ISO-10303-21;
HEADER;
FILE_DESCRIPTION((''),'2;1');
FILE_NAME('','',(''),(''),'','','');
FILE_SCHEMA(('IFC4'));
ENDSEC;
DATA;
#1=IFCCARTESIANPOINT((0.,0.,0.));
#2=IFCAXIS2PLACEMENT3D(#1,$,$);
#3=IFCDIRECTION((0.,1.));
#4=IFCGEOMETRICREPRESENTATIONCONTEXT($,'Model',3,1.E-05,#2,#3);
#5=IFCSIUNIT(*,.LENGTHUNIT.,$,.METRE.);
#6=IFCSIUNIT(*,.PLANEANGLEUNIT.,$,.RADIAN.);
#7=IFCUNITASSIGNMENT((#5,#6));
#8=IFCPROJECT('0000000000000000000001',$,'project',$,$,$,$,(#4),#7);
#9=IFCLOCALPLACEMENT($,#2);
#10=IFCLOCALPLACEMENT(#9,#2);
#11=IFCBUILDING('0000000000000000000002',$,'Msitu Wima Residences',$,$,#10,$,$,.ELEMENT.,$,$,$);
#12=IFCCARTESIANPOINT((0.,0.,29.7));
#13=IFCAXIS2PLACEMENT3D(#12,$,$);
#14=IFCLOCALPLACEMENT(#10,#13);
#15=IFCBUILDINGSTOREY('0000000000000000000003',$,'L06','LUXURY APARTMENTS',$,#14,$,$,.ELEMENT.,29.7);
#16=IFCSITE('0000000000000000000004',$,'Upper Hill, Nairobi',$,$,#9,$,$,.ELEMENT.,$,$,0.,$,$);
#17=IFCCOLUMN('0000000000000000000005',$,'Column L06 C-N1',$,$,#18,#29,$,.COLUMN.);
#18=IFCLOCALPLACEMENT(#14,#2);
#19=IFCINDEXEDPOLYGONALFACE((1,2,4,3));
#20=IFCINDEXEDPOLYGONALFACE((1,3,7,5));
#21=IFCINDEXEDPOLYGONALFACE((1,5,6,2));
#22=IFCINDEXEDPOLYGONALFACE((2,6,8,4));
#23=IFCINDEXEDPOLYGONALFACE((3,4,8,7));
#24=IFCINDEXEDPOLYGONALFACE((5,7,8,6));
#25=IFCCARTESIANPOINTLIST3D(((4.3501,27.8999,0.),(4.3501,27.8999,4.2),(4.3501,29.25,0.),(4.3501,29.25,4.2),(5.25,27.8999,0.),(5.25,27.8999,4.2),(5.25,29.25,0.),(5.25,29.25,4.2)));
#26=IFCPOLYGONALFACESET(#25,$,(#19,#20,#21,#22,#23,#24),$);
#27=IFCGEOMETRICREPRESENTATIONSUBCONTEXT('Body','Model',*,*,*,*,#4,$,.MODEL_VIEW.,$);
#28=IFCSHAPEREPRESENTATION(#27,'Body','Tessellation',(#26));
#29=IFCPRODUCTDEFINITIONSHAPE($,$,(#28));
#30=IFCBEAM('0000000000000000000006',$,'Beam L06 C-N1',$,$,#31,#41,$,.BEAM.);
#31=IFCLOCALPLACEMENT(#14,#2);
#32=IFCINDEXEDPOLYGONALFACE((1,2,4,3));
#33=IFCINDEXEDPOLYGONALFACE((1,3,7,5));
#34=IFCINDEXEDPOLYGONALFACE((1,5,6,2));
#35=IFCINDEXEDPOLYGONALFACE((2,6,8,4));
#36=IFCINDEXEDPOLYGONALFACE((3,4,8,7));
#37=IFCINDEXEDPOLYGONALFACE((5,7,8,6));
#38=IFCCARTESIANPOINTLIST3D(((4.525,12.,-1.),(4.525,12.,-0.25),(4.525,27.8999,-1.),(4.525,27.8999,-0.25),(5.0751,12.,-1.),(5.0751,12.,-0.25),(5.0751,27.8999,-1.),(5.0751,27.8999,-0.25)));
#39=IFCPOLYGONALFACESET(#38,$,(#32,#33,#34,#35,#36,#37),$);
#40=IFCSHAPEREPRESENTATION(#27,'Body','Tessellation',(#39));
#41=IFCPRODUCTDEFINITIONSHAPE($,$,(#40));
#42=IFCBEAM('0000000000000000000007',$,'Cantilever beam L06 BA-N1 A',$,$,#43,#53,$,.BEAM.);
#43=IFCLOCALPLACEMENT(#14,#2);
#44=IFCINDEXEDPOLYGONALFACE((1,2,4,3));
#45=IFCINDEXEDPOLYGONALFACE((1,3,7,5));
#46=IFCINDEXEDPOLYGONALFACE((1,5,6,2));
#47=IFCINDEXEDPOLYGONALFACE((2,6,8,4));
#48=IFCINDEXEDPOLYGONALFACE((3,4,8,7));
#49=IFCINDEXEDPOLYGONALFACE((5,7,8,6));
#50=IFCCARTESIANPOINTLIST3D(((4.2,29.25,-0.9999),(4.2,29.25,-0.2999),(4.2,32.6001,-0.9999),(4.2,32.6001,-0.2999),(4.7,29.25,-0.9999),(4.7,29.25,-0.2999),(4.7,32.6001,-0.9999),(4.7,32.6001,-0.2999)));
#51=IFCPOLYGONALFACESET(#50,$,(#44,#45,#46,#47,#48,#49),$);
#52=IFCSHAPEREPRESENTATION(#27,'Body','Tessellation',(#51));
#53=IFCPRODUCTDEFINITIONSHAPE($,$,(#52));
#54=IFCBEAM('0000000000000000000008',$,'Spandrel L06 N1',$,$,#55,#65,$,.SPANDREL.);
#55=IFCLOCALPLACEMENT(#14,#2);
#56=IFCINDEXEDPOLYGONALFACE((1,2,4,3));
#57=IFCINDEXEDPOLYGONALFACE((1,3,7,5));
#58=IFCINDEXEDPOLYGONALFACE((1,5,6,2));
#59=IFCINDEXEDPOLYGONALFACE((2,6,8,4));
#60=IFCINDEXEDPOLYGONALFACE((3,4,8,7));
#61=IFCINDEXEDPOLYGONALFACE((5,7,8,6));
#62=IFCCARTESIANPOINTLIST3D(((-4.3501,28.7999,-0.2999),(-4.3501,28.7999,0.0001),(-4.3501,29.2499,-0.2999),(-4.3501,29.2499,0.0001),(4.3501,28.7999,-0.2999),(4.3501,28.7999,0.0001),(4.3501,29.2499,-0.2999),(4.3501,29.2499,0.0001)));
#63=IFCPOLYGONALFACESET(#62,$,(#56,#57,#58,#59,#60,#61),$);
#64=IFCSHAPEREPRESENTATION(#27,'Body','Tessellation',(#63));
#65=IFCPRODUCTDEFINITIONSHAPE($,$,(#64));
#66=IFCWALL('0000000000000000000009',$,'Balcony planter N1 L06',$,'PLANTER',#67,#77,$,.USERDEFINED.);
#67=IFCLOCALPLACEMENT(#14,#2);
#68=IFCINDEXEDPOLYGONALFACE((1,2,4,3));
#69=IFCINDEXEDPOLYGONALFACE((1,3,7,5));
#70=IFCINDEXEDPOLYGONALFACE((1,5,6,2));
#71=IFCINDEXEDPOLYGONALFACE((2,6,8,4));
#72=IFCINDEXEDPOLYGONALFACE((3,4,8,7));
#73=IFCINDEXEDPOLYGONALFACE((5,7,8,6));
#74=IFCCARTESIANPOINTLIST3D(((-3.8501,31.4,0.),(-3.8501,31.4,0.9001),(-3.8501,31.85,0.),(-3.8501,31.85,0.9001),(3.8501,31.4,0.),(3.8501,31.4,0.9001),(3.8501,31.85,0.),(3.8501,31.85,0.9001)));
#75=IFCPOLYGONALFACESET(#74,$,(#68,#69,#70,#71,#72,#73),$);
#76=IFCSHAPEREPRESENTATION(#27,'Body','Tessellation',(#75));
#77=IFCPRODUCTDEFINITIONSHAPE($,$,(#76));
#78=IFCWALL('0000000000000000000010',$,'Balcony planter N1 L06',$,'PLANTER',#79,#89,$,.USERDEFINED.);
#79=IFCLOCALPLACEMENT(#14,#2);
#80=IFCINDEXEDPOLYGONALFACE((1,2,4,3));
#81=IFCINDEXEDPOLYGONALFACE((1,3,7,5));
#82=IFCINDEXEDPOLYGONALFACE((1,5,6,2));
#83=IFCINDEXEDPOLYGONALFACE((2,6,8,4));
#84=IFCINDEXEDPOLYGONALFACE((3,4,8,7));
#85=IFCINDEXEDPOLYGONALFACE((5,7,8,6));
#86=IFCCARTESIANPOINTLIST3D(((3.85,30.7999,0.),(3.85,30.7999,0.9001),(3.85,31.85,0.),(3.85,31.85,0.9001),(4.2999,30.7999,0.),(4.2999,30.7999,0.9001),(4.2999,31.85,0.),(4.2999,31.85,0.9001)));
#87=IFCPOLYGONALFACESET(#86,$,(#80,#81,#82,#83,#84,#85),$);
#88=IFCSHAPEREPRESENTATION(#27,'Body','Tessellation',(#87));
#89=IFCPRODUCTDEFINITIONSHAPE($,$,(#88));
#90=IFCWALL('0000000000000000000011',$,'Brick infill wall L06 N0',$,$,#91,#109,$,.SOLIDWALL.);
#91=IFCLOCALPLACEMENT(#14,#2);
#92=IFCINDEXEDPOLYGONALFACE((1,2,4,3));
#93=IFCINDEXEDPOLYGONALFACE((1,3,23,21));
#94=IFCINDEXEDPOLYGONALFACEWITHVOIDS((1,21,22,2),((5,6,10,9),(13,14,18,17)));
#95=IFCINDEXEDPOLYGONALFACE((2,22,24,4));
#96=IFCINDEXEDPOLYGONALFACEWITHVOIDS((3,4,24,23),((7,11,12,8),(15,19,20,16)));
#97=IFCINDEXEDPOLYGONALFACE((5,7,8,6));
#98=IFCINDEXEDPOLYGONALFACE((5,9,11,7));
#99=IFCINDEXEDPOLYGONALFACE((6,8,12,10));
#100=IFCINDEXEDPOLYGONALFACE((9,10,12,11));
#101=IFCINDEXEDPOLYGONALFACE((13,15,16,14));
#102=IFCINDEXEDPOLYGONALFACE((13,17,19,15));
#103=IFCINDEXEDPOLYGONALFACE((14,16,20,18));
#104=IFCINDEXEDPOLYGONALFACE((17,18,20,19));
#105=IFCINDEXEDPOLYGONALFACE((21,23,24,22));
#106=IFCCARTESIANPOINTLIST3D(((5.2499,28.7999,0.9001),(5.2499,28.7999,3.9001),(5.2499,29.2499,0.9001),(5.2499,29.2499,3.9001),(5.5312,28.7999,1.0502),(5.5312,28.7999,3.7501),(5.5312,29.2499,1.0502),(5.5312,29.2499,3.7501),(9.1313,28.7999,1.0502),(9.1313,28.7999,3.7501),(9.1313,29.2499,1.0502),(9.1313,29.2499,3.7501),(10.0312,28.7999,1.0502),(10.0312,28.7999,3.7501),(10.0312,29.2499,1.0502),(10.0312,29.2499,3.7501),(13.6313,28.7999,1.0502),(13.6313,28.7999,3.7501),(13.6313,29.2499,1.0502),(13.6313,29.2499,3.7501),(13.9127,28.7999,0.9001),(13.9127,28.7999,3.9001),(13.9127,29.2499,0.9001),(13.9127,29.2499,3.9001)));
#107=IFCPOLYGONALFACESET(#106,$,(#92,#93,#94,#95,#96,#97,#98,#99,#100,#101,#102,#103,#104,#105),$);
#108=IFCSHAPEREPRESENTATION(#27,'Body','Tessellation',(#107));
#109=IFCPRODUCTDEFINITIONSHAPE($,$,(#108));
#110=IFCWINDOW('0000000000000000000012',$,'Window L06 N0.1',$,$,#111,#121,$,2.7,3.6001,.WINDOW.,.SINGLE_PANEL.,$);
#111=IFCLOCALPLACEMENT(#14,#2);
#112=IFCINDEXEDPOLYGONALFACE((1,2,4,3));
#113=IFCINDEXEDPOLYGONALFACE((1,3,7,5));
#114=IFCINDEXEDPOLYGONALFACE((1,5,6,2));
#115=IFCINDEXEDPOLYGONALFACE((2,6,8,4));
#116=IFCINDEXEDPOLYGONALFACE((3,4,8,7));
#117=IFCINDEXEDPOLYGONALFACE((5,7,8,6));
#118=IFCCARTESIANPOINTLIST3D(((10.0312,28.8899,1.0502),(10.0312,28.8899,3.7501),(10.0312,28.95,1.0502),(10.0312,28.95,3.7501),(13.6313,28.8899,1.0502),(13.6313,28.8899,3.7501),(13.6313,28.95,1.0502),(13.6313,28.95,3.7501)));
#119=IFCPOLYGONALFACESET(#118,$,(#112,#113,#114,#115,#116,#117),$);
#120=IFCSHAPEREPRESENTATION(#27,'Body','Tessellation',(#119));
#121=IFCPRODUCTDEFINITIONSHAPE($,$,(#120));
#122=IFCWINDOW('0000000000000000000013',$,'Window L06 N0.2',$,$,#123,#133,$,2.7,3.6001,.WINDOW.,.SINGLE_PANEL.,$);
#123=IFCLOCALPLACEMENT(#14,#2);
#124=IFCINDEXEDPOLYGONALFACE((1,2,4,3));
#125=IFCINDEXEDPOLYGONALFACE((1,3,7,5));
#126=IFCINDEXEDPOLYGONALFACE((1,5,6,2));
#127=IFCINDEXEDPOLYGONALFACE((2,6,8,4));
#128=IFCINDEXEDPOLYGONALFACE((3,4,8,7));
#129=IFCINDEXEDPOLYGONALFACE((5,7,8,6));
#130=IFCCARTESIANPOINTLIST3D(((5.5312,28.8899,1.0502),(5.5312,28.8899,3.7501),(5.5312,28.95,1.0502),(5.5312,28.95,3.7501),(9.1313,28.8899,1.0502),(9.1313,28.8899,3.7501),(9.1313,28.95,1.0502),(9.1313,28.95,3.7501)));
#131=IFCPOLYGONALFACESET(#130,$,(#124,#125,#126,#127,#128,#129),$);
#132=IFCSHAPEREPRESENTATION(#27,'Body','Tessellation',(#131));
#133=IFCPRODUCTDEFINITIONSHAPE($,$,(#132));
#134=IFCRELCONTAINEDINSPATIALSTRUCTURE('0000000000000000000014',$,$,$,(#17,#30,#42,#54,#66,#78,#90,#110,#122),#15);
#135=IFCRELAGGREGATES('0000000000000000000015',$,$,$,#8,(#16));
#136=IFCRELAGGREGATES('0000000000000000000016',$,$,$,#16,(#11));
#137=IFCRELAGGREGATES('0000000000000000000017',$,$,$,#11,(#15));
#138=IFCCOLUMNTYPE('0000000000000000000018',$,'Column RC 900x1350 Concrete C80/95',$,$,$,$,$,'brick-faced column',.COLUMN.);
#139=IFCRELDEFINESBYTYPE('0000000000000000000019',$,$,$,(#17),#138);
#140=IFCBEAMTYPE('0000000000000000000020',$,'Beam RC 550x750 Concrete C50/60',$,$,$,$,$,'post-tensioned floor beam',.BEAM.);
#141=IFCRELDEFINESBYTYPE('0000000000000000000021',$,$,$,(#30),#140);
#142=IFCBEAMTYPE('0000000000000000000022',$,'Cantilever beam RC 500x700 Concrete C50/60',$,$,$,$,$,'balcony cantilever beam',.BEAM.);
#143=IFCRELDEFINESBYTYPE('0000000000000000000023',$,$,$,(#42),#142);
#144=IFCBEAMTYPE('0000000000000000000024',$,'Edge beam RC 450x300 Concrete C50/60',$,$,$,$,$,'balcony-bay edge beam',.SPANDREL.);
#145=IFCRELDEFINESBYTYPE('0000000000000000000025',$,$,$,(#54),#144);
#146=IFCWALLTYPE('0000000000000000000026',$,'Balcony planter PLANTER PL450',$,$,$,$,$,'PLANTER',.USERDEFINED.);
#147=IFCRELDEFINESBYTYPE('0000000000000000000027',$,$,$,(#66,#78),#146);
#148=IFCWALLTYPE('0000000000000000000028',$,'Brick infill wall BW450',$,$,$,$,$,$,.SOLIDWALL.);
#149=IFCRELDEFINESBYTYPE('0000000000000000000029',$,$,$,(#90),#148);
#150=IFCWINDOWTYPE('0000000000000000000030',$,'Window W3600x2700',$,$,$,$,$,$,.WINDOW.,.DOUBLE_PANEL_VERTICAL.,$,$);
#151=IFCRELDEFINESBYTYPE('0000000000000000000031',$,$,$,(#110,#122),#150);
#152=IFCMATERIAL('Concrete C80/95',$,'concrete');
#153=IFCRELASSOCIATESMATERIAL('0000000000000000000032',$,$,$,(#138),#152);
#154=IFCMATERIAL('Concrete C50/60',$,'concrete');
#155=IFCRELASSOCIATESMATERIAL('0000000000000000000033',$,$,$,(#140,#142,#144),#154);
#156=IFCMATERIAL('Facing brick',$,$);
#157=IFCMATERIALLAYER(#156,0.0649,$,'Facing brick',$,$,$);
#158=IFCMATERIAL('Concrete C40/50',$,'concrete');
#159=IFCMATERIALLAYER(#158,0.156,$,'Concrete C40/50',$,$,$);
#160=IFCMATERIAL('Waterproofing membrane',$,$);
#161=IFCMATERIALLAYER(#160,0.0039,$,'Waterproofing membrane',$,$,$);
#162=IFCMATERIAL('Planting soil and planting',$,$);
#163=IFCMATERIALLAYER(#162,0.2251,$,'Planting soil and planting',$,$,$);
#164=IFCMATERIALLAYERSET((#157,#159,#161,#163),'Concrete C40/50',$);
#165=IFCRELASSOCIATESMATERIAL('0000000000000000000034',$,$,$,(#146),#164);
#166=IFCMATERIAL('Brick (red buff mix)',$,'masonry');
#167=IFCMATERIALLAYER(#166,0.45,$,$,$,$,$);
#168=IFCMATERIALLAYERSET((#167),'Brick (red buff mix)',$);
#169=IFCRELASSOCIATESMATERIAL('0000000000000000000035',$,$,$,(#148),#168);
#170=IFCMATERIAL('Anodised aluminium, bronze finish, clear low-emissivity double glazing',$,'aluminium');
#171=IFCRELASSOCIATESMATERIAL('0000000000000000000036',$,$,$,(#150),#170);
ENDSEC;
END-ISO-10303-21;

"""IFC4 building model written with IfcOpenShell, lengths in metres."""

from ifc_helpers import new_model, si_unit, direction, frame, frame_2d, origin, origin_2d, place, context, subcontext, project, spatial, rectangle, extrude, material, layer, layer_set, material_profile, profile_set, type_object, element, fill, save


model = new_model("IFC4")

# Units and contexts
model_context = context("Model", 3, precision=1e-05, world=origin(), true_north=direction((0.0, 1.0)))
body_context = subcontext(model_context, "Body", "Model", "MODEL_VIEW")
ifc_project = project(units=[si_unit("LENGTHUNIT", "METRE"), si_unit("PLANEANGLEUNIT", "RADIAN")], contexts=[model_context])

# Site, building, storey
site_placement = place(None, origin())
site = spatial("IfcSite", under=ifc_project, at=site_placement, Name="Upper Hill, Nairobi", CompositionType="ELEMENT", RefElevation=0.0)
building_placement = place(site_placement, origin())
building = spatial("IfcBuilding", under=site, at=building_placement, Name="Msitu Wima Residences", CompositionType="ELEMENT")
storey_placement = place(building_placement, frame((0.0, 0.0, 29.7)))
storey = spatial("IfcBuildingStorey", under=building, at=storey_placement, Name="L06", Description="LUXURY APARTMENTS", CompositionType="ELEMENT", Elevation=29.7)

# Column
ifc_material_1 = material(Name="Concrete C80/95", Category="concrete")
ifc_material_profile_1 = material_profile(ifc_material_1, rectangle(XDim=0.8999, YDim=1.3501, at=origin_2d()), Name="RC 900x1350")
ifc_profile_set_1 = profile_set([ifc_material_profile_1], Name="Concrete C80/95")
column_type = type_object("IfcColumnType", Name="Column RC 900x1350 Concrete C80/95", ElementType="brick-faced column", PredefinedType="COLUMN", material=ifc_profile_set_1)
column_placement = place(storey_placement, frame((4.8, 28.575, 0.0), z_axis=(0.0, 0.0, 1.0), x_axis=(-1.0, 0.0, 0.0)))
element("IfcColumn", 1, at=column_placement, inside=storey, type_object=column_type, Name="Column L06 C-N1", PredefinedType="COLUMN", context=body_context, shape_type="SweptSolid", body=[
    extrude(rectangle(XDim=0.8999, YDim=1.3501, at=origin_2d()), origin(), (0.0, 0.0, 1.0), 4.2),
])

# Beams
ifc_material_2 = material(Name="Concrete C50/60", Category="concrete")
ifc_material_profile_2 = material_profile(ifc_material_2, rectangle(XDim=0.55, YDim=0.75, at=origin_2d()), Name="RC 550x750")
ifc_profile_set_2 = profile_set([ifc_material_profile_2], Name="Concrete C50/60")
beam_type_1 = type_object("IfcBeamType", Name="Beam RC 550x750 Concrete C50/60", ElementType="post-tensioned floor beam", PredefinedType="BEAM", material=ifc_profile_set_2)
beam_1_placement = place(storey_placement, frame((4.8, 27.8999, -0.625), z_axis=(0.0, -1.0, 0.0), x_axis=(1.0, 0.0, 0.0)))
element("IfcBeam", 2, at=beam_1_placement, inside=storey, type_object=beam_type_1, Name="Beam L06 C-N1", PredefinedType="BEAM", context=body_context, shape_type="SweptSolid", body=[
    extrude(rectangle(XDim=0.55, YDim=0.75, at=origin_2d()), origin(), (0.0, 0.0, 1.0), 15.8999),
])
ifc_material_profile_3 = material_profile(ifc_material_2, rectangle(XDim=0.5, YDim=0.7, at=origin_2d()), Name="RC 500x700")
ifc_profile_set_3 = profile_set([ifc_material_profile_3], Name="Concrete C50/60")
beam_type_2 = type_object("IfcBeamType", Name="Cantilever beam RC 500x700 Concrete C50/60", ElementType="balcony cantilever beam", PredefinedType="BEAM", material=ifc_profile_set_3)
beam_2_placement = place(storey_placement, frame((4.45, 29.25, -0.6499), z_axis=(0.0, 1.0, 0.0), x_axis=(-1.0, 0.0, 0.0)))
element("IfcBeam", 3, at=beam_2_placement, inside=storey, type_object=beam_type_2, Name="Cantilever beam L06 BA-N1 A", PredefinedType="BEAM", context=body_context, shape_type="SweptSolid", body=[
    extrude(rectangle(XDim=0.5, YDim=0.7, at=origin_2d()), origin(), (0.0, 0.0, 1.0), 3.3501),
])
ifc_material_profile_4 = material_profile(ifc_material_2, rectangle(XDim=0.45, YDim=0.3, at=origin_2d()), Name="RC 450x300")
ifc_profile_set_4 = profile_set([ifc_material_profile_4], Name="Concrete C50/60")
beam_type_3 = type_object("IfcBeamType", Name="Edge beam RC 450x300 Concrete C50/60", ElementType="balcony-bay edge beam", PredefinedType="SPANDREL", material=ifc_profile_set_4)
beam_3_placement = place(storey_placement, frame((4.3501, 29.0249, -0.1499), z_axis=(-1.0, 0.0, 0.0), x_axis=(0.0, -1.0, 0.0)))
element("IfcBeam", 4, at=beam_3_placement, inside=storey, type_object=beam_type_3, Name="Spandrel L06 N1", PredefinedType="SPANDREL", context=body_context, shape_type="SweptSolid", body=[
    extrude(rectangle(XDim=0.45, YDim=0.3, at=origin_2d()), origin(), (0.0, 0.0, 1.0), 8.7002),
])

# Walls
ifc_material_3 = material(Name="Facing brick")
ifc_layer_1 = layer(ifc_material_3, 0.0649, Name="Facing brick")
ifc_material_4 = material(Name="Concrete C40/50", Category="concrete")
ifc_layer_2 = layer(ifc_material_4, 0.156, Name="Concrete C40/50")
ifc_material_5 = material(Name="Waterproofing membrane")
ifc_layer_3 = layer(ifc_material_5, 0.0039, Name="Waterproofing membrane")
ifc_material_6 = material(Name="Planting soil and planting")
ifc_layer_4 = layer(ifc_material_6, 0.2251, Name="Planting soil and planting")
ifc_layer_set_1 = layer_set([ifc_layer_1, ifc_layer_2, ifc_layer_3, ifc_layer_4], Name="Concrete C40/50")
wall_type_1 = type_object("IfcWallType", Name="Balcony planter PLANTER PL450", ElementType="PLANTER", PredefinedType="USERDEFINED", material=ifc_layer_set_1)
wall_1_placement = place(storey_placement, frame((3.8501, 31.625, 0.0), z_axis=(0.0, 0.0, 1.0), x_axis=(-1.0, 0.0, 0.0)))
element("IfcWall", 5, at=wall_1_placement, inside=storey, type_object=wall_type_1, Name="Balcony planter N1 L06", ObjectType="PLANTER", PredefinedType="USERDEFINED", context=body_context, shape_type="SweptSolid", body=[
    extrude(rectangle(XDim=7.7002, YDim=0.45, at=frame_2d((3.8501, 0.0))), origin(), (0.0, 0.0, 1.0), 0.9001),
])
wall_2_placement = place(storey_placement, frame((4.075, 30.8, 0.0), z_axis=(0.0, 0.0, 1.0), x_axis=(0.0, 1.0, 0.0)))
element("IfcWall", 6, at=wall_2_placement, inside=storey, type_object=wall_type_1, Name="Balcony planter N1 L06", ObjectType="PLANTER", PredefinedType="USERDEFINED", context=body_context, shape_type="SweptSolid", body=[
    extrude(rectangle(XDim=1.05, YDim=0.45, at=frame_2d((0.5249, 0.0))), origin(), (0.0, 0.0, 1.0), 0.9001),
])

# Wall, openings, windows
ifc_material_7 = material(Name="Brick (red buff mix)", Category="masonry")
ifc_layer_5 = layer(ifc_material_7, 0.45)
ifc_layer_set_2 = layer_set([ifc_layer_5], Name="Brick (red buff mix)")
wall_type_2 = type_object("IfcWallType", Name="Brick infill wall BW450", PredefinedType="SOLIDWALL", material=ifc_layer_set_2)
wall_3_placement = place(storey_placement, frame((13.9128, 29.0249, 0.9001), z_axis=(0.0, 0.0, 1.0), x_axis=(-1.0, 0.0, 0.0)))
wall_3 = element("IfcWall", 7, at=wall_3_placement, inside=storey, type_object=wall_type_2, Name="Brick infill wall L06 N0", PredefinedType="SOLIDWALL", context=body_context, shape_type="SweptSolid", body=[
    extrude(rectangle(XDim=8.6628, YDim=0.45, at=frame_2d((4.3315, 0.0))), origin(), (0.0, 0.0, 1.0), 3.0),
])
opening_1_placement = place(wall_3_placement, frame((0.2815, 0.0, 0.1499)))
opening_1 = element("IfcOpeningElement", 8, at=opening_1_placement, cuts=wall_3, PredefinedType="OPENING", context=body_context, shape_type="SweptSolid", body=[
    extrude(rectangle(XDim=3.6001, YDim=2.7, at=frame_2d((1.8, 1.3501))), frame((0.0, 0.2349, 0.0), z_axis=(0.0, -1.0, 0.0), x_axis=(1.0, 0.0, 0.0)), (0.0, 0.0, 1.0), 0.47),
])
opening_2_placement = place(wall_3_placement, frame((4.7815, 0.0, 0.1499)))
opening_2 = element("IfcOpeningElement", 9, at=opening_2_placement, cuts=wall_3, PredefinedType="OPENING", context=body_context, shape_type="SweptSolid", body=[
    extrude(rectangle(XDim=3.6001, YDim=2.7, at=frame_2d((1.8, 1.3501))), frame((0.0, 0.2349, 0.0), z_axis=(0.0, -1.0, 0.0), x_axis=(1.0, 0.0, 0.0)), (0.0, 0.0, 1.0), 0.47),
])
ifc_material_8 = material(Name="Anodised aluminium, bronze finish, clear low-emissivity double glazing", Category="aluminium")
window_type = type_object("IfcWindowType", Name="Window W3600x2700", PartitioningType="DOUBLE_PANEL_VERTICAL", PredefinedType="WINDOW", material=ifc_material_8)
window_1_placement = place(opening_1_placement, origin())
window_1 = element("IfcWindow", 10, at=window_1_placement, inside=storey, type_object=window_type, Name="Window L06 N0.1", OverallHeight=2.7, OverallWidth=3.6001, PartitioningType="SINGLE_PANEL", PredefinedType="WINDOW", context=body_context, shape_type="SweptSolid", body=[
    extrude(rectangle(XDim=3.6001, YDim=2.7, at=frame_2d((1.8, 1.3501))), frame((0.0, 0.135, 0.0), z_axis=(0.0, -1.0, 0.0), x_axis=(1.0, 0.0, 0.0)), (0.0, 0.0, 1.0), 0.0601),
])
fill(opening_1, window_1)
window_2_placement = place(opening_2_placement, origin())
window_2 = element("IfcWindow", 11, at=window_2_placement, inside=storey, type_object=window_type, Name="Window L06 N0.2", OverallHeight=2.7, OverallWidth=3.6001, PartitioningType="SINGLE_PANEL", PredefinedType="WINDOW", context=body_context, shape_type="SweptSolid", body=[
    extrude(rectangle(XDim=3.6001, YDim=2.7, at=frame_2d((1.8, 1.3501))), frame((0.0, 0.135, 0.0), z_axis=(0.0, -1.0, 0.0), x_axis=(1.0, 0.0, 0.0)), (0.0, 0.0, 1.0), 0.0601),
])
fill(opening_2, window_2)

save(model, "model.ifc")
